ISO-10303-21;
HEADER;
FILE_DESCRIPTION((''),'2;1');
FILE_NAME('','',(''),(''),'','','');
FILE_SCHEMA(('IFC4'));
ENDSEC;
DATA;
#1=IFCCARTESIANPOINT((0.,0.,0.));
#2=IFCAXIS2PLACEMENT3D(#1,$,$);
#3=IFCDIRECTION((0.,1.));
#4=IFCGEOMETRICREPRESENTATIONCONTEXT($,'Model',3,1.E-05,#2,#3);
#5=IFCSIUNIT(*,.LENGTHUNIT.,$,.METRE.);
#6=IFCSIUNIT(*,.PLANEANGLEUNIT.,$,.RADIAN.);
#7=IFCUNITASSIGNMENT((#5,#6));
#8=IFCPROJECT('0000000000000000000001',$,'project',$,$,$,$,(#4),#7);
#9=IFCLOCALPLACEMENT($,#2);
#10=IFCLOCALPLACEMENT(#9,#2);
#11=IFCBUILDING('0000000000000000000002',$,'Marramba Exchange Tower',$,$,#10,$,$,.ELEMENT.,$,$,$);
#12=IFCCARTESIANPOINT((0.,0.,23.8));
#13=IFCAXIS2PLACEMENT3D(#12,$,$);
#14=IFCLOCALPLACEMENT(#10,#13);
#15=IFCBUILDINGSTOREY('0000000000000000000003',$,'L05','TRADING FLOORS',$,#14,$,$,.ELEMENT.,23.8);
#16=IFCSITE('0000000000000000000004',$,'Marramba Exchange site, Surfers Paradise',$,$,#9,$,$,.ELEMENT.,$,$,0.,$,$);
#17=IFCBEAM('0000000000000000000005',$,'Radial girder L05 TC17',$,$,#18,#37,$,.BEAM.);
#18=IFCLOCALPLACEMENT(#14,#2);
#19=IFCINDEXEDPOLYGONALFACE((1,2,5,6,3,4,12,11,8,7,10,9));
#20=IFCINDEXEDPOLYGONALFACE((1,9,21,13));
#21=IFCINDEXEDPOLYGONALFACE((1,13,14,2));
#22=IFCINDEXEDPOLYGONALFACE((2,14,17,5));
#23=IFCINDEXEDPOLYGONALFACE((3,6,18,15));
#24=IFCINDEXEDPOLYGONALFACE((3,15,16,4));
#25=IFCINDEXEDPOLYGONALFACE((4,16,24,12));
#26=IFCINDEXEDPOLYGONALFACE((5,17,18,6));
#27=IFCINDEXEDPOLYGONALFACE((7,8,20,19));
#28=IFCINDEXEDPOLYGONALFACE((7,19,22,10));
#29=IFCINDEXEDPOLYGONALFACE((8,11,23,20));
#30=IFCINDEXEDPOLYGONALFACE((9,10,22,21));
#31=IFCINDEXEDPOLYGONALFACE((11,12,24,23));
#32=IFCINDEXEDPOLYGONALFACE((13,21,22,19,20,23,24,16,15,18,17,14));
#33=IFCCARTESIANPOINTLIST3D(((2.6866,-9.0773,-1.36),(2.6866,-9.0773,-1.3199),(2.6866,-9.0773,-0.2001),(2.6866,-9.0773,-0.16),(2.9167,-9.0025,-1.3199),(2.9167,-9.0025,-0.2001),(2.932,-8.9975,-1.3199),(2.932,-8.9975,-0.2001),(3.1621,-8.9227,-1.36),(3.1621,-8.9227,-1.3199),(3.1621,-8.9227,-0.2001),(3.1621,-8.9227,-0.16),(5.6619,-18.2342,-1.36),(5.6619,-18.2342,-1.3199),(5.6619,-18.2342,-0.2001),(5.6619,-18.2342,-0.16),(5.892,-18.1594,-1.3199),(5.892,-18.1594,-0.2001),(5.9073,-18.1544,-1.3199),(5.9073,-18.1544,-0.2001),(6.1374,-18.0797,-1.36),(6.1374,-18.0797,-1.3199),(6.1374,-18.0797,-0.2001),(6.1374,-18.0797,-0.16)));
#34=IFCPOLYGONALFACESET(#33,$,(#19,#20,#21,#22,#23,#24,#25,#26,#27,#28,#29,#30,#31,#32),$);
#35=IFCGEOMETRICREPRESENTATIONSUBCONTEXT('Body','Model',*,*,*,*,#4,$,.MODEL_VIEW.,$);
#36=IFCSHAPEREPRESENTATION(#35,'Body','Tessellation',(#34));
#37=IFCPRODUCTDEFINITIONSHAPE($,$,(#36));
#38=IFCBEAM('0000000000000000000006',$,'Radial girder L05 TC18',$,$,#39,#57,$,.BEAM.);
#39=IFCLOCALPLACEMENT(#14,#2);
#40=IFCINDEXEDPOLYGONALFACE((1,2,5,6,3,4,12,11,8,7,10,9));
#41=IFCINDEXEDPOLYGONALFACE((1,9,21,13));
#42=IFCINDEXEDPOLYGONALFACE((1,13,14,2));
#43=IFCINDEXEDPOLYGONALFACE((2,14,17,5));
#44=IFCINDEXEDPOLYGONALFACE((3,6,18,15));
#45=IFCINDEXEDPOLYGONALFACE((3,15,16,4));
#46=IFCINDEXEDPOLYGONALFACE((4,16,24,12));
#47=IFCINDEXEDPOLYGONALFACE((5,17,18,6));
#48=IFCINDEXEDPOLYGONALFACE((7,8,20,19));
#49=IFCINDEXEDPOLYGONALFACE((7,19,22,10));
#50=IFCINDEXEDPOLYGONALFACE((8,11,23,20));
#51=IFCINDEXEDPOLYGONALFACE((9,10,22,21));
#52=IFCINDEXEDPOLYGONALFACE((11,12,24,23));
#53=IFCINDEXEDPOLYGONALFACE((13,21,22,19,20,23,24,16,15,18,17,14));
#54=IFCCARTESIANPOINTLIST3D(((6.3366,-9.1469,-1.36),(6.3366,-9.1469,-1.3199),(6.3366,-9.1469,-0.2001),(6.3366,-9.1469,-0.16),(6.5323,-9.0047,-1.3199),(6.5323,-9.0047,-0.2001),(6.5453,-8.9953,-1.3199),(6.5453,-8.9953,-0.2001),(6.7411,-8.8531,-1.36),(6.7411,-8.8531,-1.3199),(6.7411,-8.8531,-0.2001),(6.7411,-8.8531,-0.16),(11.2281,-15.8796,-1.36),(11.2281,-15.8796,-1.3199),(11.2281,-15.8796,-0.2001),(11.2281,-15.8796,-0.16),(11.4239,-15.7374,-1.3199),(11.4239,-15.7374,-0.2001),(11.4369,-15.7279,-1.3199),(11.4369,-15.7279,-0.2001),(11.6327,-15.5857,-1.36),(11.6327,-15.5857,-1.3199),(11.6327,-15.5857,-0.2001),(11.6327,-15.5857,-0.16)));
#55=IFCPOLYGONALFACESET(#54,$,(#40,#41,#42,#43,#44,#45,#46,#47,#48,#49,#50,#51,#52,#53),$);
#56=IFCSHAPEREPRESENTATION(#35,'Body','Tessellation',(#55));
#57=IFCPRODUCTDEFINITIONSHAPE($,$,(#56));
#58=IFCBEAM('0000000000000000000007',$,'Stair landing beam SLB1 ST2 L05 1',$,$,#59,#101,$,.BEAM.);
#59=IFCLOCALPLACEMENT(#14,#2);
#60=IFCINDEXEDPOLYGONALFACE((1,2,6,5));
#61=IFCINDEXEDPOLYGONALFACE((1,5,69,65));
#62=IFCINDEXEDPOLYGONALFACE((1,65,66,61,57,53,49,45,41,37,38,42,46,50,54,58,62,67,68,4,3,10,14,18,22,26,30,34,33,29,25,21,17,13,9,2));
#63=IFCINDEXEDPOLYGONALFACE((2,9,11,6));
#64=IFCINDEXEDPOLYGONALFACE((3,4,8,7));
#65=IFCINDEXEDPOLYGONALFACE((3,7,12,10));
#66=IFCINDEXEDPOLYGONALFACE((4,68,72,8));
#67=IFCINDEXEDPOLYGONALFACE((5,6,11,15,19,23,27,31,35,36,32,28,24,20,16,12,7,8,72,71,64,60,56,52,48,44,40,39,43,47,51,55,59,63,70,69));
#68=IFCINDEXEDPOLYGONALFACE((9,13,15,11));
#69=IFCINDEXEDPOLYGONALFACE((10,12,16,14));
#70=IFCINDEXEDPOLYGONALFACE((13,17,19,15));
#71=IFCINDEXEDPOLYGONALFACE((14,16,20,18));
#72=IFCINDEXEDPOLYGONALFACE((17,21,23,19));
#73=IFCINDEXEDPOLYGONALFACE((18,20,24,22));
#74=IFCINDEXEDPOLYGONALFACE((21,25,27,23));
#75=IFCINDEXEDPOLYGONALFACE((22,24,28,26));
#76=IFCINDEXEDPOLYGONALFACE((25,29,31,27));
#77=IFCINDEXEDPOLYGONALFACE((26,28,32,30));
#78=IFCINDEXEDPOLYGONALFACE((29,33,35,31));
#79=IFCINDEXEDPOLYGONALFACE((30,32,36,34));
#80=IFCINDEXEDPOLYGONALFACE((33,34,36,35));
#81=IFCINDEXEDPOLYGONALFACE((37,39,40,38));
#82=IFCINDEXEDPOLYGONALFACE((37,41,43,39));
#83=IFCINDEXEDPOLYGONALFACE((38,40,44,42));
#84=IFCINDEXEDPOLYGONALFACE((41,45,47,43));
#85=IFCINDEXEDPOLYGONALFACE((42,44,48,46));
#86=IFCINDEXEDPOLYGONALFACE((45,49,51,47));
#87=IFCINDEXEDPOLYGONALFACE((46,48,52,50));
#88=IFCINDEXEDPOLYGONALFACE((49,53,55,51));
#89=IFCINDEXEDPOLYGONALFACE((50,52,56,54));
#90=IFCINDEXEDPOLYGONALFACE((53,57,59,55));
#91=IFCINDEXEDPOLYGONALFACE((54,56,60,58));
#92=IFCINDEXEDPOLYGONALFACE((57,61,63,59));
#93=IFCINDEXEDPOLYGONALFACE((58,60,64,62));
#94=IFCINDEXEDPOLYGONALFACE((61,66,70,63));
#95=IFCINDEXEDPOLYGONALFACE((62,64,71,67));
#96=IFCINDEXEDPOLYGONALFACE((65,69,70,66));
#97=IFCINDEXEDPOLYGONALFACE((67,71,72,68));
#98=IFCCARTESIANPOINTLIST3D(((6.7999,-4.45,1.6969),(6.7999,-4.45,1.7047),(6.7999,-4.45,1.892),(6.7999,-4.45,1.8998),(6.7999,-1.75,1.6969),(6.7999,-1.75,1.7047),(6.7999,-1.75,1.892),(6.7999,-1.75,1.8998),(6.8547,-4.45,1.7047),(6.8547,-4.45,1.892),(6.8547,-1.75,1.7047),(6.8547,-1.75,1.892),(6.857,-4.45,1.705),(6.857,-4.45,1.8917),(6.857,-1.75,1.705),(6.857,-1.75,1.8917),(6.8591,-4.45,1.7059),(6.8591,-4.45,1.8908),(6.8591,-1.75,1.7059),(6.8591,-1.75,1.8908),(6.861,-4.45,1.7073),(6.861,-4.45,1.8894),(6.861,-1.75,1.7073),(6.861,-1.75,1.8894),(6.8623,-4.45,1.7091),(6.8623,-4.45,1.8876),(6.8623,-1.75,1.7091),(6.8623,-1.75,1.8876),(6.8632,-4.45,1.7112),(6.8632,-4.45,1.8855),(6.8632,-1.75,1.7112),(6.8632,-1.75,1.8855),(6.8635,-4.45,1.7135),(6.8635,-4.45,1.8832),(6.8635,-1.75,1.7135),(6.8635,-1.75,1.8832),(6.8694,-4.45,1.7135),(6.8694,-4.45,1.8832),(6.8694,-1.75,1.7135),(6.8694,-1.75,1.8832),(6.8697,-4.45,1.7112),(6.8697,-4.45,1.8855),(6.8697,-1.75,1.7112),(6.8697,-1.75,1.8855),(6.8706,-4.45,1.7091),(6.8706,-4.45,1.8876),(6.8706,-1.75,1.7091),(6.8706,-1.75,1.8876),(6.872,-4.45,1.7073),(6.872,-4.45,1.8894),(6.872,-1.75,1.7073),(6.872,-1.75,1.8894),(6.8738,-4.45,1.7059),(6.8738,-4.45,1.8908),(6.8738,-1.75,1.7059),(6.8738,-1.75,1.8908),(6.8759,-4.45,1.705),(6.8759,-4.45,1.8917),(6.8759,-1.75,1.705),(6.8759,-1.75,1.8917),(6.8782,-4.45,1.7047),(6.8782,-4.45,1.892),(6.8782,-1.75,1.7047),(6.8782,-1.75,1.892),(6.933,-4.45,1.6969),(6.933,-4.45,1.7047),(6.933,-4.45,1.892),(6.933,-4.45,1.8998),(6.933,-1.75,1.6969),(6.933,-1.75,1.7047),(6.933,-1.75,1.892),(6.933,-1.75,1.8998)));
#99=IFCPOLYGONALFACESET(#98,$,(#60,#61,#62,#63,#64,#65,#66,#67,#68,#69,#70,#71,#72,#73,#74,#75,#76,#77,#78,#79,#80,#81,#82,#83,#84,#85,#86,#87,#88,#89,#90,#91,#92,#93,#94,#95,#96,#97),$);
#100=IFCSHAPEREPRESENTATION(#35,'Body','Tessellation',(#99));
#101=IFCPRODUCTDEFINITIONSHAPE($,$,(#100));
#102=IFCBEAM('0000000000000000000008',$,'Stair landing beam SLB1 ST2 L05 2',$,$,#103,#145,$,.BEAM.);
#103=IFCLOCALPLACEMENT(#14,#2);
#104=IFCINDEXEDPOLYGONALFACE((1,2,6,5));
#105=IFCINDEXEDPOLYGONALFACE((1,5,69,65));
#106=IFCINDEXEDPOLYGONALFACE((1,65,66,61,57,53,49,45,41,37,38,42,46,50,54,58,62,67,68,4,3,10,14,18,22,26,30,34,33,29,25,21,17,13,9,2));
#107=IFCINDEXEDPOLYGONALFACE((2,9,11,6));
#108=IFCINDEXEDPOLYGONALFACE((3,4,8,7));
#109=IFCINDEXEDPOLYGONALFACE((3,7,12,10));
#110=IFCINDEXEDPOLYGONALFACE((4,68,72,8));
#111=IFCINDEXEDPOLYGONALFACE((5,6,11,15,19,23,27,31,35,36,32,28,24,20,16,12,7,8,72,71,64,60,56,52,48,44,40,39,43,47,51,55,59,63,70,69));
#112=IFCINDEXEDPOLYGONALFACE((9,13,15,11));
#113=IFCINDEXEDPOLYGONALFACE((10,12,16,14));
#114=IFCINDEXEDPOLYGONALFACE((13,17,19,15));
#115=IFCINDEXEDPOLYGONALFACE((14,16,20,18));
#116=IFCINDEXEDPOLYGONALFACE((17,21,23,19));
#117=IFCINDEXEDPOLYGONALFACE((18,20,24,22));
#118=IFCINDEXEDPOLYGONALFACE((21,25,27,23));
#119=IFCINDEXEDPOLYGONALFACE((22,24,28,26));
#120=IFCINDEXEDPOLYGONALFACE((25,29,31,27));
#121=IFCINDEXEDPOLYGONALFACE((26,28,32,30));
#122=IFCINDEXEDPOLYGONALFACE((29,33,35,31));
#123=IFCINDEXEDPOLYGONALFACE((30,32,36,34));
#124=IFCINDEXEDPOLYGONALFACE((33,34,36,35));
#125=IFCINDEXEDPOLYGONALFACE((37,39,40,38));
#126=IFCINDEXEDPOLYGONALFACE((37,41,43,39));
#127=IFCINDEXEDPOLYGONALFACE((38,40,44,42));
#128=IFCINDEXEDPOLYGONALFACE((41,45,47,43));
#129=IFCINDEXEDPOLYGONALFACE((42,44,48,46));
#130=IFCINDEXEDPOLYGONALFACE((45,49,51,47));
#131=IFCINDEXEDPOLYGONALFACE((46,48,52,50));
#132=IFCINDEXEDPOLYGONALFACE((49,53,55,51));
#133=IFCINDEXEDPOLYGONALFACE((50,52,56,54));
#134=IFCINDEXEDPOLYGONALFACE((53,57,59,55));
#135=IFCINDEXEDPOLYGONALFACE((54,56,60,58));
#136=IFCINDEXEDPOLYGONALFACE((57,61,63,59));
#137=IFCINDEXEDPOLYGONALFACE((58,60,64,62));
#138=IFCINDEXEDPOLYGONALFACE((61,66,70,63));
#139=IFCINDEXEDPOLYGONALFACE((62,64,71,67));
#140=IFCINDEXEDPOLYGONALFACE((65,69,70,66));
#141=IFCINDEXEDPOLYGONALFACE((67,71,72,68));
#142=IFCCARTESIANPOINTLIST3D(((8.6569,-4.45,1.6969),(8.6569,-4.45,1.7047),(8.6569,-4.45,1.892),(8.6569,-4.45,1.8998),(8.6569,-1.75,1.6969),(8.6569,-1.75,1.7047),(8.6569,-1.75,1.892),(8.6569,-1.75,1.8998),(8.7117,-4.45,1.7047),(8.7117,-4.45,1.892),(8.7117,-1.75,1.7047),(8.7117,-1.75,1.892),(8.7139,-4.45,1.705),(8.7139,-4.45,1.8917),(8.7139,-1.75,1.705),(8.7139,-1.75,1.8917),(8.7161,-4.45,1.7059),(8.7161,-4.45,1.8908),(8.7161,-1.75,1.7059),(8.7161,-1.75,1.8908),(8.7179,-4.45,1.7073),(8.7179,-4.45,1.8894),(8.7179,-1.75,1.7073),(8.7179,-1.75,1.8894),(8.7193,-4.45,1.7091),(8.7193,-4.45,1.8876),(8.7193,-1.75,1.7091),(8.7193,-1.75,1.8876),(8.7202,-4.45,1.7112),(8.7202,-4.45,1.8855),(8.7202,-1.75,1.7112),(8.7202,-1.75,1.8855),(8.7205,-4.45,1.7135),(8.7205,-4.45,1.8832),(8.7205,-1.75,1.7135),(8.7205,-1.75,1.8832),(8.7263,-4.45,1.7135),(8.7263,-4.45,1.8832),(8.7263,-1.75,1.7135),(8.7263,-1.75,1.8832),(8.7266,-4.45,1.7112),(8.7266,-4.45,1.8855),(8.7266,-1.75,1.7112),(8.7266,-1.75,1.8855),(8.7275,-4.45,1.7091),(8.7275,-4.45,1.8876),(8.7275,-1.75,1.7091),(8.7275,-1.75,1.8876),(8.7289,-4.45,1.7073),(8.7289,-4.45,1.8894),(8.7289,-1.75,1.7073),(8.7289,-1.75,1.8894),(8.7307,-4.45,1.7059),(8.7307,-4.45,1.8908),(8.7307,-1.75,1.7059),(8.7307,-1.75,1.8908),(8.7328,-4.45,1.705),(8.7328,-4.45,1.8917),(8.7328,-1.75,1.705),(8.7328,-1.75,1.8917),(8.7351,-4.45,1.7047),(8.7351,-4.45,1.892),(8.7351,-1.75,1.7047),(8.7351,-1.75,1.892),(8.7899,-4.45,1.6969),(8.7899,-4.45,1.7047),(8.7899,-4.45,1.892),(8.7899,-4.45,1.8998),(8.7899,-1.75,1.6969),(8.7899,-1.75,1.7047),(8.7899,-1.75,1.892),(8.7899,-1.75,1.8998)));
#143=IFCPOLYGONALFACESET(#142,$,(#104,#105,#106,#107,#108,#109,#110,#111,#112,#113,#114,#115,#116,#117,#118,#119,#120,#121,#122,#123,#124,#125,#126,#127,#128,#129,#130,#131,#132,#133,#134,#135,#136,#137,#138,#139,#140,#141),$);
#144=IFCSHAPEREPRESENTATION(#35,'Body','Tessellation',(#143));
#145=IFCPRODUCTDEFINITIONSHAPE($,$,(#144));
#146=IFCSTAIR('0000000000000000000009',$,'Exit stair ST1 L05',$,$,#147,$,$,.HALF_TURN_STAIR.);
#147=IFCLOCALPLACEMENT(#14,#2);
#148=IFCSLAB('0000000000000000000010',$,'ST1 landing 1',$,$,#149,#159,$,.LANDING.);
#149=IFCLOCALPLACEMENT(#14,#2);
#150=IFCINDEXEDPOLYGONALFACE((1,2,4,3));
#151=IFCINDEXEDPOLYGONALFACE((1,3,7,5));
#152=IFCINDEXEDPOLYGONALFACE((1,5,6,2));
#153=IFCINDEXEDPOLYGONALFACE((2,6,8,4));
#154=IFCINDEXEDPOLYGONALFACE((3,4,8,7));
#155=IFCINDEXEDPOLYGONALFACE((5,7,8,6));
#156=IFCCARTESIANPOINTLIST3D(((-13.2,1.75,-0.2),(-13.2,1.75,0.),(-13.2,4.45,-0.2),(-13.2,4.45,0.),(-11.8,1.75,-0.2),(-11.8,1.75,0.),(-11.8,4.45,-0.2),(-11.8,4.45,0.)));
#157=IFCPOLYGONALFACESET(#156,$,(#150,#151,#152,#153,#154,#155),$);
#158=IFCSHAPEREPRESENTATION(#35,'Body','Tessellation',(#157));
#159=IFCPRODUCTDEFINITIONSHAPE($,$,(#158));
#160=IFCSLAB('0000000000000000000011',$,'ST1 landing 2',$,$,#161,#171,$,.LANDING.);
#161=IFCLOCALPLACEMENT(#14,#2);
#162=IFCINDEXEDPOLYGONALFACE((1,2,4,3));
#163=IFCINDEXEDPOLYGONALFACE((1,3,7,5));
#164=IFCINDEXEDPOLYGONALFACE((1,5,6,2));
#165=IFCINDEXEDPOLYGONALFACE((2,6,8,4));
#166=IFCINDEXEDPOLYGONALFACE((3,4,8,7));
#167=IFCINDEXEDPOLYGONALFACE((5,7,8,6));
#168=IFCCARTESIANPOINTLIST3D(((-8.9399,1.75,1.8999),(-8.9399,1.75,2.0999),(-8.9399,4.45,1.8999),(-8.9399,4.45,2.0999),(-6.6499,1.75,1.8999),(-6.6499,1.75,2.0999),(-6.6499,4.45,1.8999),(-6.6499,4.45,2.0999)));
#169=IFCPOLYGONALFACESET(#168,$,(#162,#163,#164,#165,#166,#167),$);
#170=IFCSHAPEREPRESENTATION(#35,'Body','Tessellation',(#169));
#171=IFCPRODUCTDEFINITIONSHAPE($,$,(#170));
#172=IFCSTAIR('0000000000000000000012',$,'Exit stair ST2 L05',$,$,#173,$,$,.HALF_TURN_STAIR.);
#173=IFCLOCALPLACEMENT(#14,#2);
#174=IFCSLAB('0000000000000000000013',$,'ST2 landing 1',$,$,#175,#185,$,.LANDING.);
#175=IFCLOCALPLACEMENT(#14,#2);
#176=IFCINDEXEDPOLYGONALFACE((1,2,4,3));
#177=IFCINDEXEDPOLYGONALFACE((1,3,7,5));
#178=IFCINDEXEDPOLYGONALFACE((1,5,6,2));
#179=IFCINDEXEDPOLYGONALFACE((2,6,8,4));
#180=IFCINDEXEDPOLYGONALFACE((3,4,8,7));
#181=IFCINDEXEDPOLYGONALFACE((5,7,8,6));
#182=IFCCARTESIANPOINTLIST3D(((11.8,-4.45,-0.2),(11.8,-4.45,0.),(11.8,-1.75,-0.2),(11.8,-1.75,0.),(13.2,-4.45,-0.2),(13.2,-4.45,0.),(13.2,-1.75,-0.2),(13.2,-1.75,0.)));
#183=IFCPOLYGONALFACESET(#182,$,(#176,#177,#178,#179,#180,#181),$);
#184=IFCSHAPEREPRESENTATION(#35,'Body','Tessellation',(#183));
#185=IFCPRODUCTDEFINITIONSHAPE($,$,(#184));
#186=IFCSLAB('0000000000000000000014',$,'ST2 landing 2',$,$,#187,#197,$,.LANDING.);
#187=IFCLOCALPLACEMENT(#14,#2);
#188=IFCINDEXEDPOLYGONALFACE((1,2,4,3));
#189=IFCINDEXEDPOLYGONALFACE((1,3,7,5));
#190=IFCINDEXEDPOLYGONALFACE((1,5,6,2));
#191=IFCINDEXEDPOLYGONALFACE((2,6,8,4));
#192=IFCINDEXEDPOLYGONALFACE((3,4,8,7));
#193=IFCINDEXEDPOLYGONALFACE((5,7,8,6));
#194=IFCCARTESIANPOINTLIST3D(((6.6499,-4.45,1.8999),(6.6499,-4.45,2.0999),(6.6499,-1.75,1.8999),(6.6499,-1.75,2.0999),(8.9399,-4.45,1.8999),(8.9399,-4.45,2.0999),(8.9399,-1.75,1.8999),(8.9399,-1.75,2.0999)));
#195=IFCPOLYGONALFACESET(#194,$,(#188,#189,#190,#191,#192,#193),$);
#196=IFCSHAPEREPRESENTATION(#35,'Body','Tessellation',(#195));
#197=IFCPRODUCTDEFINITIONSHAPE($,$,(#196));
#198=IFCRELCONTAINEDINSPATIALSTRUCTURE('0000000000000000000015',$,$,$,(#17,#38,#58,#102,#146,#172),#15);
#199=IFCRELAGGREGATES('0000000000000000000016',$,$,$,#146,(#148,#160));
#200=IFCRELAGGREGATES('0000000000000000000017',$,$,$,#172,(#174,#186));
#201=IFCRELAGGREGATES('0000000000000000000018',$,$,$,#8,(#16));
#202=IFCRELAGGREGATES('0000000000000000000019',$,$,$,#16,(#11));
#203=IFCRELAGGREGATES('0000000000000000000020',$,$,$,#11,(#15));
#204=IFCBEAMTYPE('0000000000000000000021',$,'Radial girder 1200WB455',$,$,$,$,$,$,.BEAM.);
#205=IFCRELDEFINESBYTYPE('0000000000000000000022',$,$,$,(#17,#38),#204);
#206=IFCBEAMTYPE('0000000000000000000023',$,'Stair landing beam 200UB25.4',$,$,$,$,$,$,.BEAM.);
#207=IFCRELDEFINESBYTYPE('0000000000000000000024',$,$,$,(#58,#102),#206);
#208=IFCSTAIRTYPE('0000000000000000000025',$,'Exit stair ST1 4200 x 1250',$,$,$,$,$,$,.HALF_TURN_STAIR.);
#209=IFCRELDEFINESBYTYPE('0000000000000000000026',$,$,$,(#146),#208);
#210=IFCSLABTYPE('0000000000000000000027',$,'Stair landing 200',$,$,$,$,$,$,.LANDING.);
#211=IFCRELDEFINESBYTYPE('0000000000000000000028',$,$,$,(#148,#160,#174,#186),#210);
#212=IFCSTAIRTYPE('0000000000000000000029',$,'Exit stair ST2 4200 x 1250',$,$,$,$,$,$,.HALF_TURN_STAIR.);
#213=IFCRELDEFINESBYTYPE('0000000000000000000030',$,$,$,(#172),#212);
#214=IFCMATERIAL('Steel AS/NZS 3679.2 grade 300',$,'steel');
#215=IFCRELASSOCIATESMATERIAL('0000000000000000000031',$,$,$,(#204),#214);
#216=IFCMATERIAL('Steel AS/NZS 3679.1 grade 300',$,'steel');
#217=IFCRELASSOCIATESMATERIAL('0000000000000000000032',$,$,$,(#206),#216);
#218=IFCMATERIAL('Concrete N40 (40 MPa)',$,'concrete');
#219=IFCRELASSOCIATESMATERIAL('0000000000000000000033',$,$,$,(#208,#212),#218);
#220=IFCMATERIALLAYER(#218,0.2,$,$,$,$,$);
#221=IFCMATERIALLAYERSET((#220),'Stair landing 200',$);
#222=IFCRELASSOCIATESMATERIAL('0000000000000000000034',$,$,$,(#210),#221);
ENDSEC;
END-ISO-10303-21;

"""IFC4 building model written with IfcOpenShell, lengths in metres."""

from ifc_helpers import new_model, si_unit, direction, frame, origin, origin_2d, place, context, subcontext, project, spatial, polyline, i_section, outline, extrude, material, layer, layer_set, material_profile, profile_set, type_object, element, aggregate, save


model = new_model("IFC4")

# Units and contexts
model_context = context("Model", 3, precision=1e-05, world=origin(), true_north=direction((0.0, 1.0)))
body_context = subcontext(model_context, "Body", "Model", "MODEL_VIEW")
ifc_project = project(units=[si_unit("LENGTHUNIT", "METRE"), si_unit("PLANEANGLEUNIT", "RADIAN")], contexts=[model_context])

# Site, building, storey
site_placement = place(None, origin())
site = spatial("IfcSite", under=ifc_project, at=site_placement, Name="Marramba Exchange site, Surfers Paradise", CompositionType="ELEMENT", RefElevation=0.0)
building_placement = place(site_placement, origin())
building = spatial("IfcBuilding", under=site, at=building_placement, Name="Marramba Exchange Tower", CompositionType="ELEMENT")
storey_placement = place(building_placement, frame((0.0, 0.0, 23.8)))
storey = spatial("IfcBuildingStorey", under=building, at=storey_placement, Name="L05", Description="TRADING FLOORS", CompositionType="ELEMENT", Elevation=23.8)

# Beams
ifc_material_1 = material(Name="Steel AS/NZS 3679.2 grade 300", Category="steel")
ifc_material_profile_1 = material_profile(ifc_material_1, i_section(OverallWidth=0.5, OverallDepth=1.2, WebThickness=0.0161, FlangeThickness=0.04, at=origin_2d()), Name="1200WB455")
ifc_profile_set_1 = profile_set([ifc_material_profile_1], Name="Steel AS/NZS 3679.2 grade 300")
beam_type_1 = type_object("IfcBeamType", Name="Radial girder 1200WB455", PredefinedType="BEAM", material=ifc_profile_set_1)
beam_1_placement = place(storey_placement, frame((2.9243, -9.0, -0.76), z_axis=(0.309022, -0.951055, 0.0), x_axis=(0.951055, 0.309022, 0.0)))
element("IfcBeam", 1, at=beam_1_placement, inside=storey, type_object=beam_type_1, Name="Radial girder L05 TC17", PredefinedType="BEAM", context=body_context, shape_type="SweptSolid", body=[
    extrude(i_section(OverallWidth=0.5, OverallDepth=1.2, WebThickness=0.0161, FlangeThickness=0.04, at=origin_2d()), origin(), (0.0, 0.0, 1.0), 9.6282),
])
beam_2_placement = place(storey_placement, frame((6.5388, -9.0, -0.76), z_axis=(0.587788, -0.809015, 0.0), x_axis=(0.809015, 0.587788, 0.0)))
element("IfcBeam", 2, at=beam_2_placement, inside=storey, type_object=beam_type_1, Name="Radial girder L05 TC18", PredefinedType="BEAM", context=body_context, shape_type="SweptSolid", body=[
    extrude(i_section(OverallWidth=0.5, OverallDepth=1.2, WebThickness=0.0161, FlangeThickness=0.04, at=origin_2d()), origin(), (0.0, 0.0, 1.0), 8.322),
])
ifc_material_2 = material(Name="Steel AS/NZS 3679.1 grade 300", Category="steel")
ifc_material_profile_2 = material_profile(ifc_material_2, i_section(OverallWidth=0.1331, OverallDepth=0.2029, WebThickness=0.0059, FlangeThickness=0.0078, FilletRadius=0.0088, at=origin_2d()), Name="200UB25.4")
ifc_profile_set_2 = profile_set([ifc_material_profile_2], Name="Steel AS/NZS 3679.1 grade 300")
beam_type_2 = type_object("IfcBeamType", Name="Stair landing beam 200UB25.4", PredefinedType="BEAM", material=ifc_profile_set_2)
for number, where, z_axis, x_axis, name in (
    (3, (6.8665, -4.45, 1.7983), (0.0, 1.0, 0.0), (-1.0, 0.0, 0.0), "Stair landing beam SLB1 ST2 L05 1"),
    (4, (8.7234, -4.45, 1.7983), (0.0, 1.0, 0.0), (-1.0, 0.0, 0.0), "Stair landing beam SLB1 ST2 L05 2"),
):
    element("IfcBeam", number, at=place(storey_placement, frame(where, z_axis=z_axis, x_axis=x_axis)), inside=storey, type_object=beam_type_2, Name=name, PredefinedType="BEAM", context=body_context, shape_type="SweptSolid", body=[
        extrude(i_section(OverallWidth=0.1331, OverallDepth=0.2029, WebThickness=0.0059, FlangeThickness=0.0078, FilletRadius=0.0088, at=origin_2d()), origin(), (0.0, 0.0, 1.0), 2.7),
    ])

# Stairs, slabs
ifc_material_3 = material(Name="Concrete N40 (40 MPa)", Category="concrete")
stair_type_1 = type_object("IfcStairType", Name="Exit stair ST1 4200 x 1250", PredefinedType="HALF_TURN_STAIR", material=ifc_material_3)
stair_1_placement = place(storey_placement, origin())
stair_1 = element("IfcStair", 5, at=stair_1_placement, inside=storey, type_object=stair_type_1, Name="Exit stair ST1 L05", PredefinedType="HALF_TURN_STAIR")
ifc_layer_1 = layer(ifc_material_3, 0.2)
ifc_layer_set_1 = layer_set([ifc_layer_1], Name="Stair landing 200")
slab_type = type_object("IfcSlabType", Name="Stair landing 200", PredefinedType="LANDING", material=ifc_layer_set_1)
slab_1_placement = place(storey_placement, frame((0.0, 0.0, -0.2)))
slab_1 = element("IfcSlab", 6, at=slab_1_placement, type_object=slab_type, Name="ST1 landing 1", PredefinedType="LANDING", context=body_context, shape_type="SweptSolid", body=[
    extrude(outline(polyline([(-13.2, 1.75), (-11.8, 1.75), (-11.8, 4.45), (-13.2, 4.45), (-13.2, 1.75)])), origin(), (0.0, 0.0, 1.0), 0.2),
])
slab_2_placement = place(storey_placement, frame((0.0, 0.0, 1.8999)))
slab_2 = element("IfcSlab", 7, at=slab_2_placement, type_object=slab_type, Name="ST1 landing 2", PredefinedType="LANDING", context=body_context, shape_type="SweptSolid", body=[
    extrude(outline(polyline([(-8.9399, 1.75), (-6.6499, 1.75), (-6.6499, 4.45), (-8.9399, 4.45), (-8.9399, 1.75)])), origin(), (0.0, 0.0, 1.0), 0.2),
])
aggregate(stair_1, [slab_1, slab_2])
stair_type_2 = type_object("IfcStairType", Name="Exit stair ST2 4200 x 1250", PredefinedType="HALF_TURN_STAIR", material=ifc_material_3)
stair_2_placement = place(storey_placement, origin())
stair_2 = element("IfcStair", 8, at=stair_2_placement, inside=storey, type_object=stair_type_2, Name="Exit stair ST2 L05", PredefinedType="HALF_TURN_STAIR")
slab_3_placement = place(storey_placement, frame((0.0, 0.0, -0.2)))
slab_3 = element("IfcSlab", 9, at=slab_3_placement, type_object=slab_type, Name="ST2 landing 1", PredefinedType="LANDING", context=body_context, shape_type="SweptSolid", body=[
    extrude(outline(polyline([(11.8, -4.45), (13.2, -4.45), (13.2, -1.75), (11.8, -1.75), (11.8, -4.45)])), origin(), (0.0, 0.0, 1.0), 0.2),
])
slab_4_placement = place(storey_placement, frame((0.0, 0.0, 1.8999)))
slab_4 = element("IfcSlab", 10, at=slab_4_placement, type_object=slab_type, Name="ST2 landing 2", PredefinedType="LANDING", context=body_context, shape_type="SweptSolid", body=[
    extrude(outline(polyline([(6.6499, -4.45), (8.9399, -4.45), (8.9399, -1.75), (6.6499, -1.75), (6.6499, -4.45)])), origin(), (0.0, 0.0, 1.0), 0.2),
])

aggregate(stair_2, [slab_3, slab_4])

save(model, "model.ifc")
